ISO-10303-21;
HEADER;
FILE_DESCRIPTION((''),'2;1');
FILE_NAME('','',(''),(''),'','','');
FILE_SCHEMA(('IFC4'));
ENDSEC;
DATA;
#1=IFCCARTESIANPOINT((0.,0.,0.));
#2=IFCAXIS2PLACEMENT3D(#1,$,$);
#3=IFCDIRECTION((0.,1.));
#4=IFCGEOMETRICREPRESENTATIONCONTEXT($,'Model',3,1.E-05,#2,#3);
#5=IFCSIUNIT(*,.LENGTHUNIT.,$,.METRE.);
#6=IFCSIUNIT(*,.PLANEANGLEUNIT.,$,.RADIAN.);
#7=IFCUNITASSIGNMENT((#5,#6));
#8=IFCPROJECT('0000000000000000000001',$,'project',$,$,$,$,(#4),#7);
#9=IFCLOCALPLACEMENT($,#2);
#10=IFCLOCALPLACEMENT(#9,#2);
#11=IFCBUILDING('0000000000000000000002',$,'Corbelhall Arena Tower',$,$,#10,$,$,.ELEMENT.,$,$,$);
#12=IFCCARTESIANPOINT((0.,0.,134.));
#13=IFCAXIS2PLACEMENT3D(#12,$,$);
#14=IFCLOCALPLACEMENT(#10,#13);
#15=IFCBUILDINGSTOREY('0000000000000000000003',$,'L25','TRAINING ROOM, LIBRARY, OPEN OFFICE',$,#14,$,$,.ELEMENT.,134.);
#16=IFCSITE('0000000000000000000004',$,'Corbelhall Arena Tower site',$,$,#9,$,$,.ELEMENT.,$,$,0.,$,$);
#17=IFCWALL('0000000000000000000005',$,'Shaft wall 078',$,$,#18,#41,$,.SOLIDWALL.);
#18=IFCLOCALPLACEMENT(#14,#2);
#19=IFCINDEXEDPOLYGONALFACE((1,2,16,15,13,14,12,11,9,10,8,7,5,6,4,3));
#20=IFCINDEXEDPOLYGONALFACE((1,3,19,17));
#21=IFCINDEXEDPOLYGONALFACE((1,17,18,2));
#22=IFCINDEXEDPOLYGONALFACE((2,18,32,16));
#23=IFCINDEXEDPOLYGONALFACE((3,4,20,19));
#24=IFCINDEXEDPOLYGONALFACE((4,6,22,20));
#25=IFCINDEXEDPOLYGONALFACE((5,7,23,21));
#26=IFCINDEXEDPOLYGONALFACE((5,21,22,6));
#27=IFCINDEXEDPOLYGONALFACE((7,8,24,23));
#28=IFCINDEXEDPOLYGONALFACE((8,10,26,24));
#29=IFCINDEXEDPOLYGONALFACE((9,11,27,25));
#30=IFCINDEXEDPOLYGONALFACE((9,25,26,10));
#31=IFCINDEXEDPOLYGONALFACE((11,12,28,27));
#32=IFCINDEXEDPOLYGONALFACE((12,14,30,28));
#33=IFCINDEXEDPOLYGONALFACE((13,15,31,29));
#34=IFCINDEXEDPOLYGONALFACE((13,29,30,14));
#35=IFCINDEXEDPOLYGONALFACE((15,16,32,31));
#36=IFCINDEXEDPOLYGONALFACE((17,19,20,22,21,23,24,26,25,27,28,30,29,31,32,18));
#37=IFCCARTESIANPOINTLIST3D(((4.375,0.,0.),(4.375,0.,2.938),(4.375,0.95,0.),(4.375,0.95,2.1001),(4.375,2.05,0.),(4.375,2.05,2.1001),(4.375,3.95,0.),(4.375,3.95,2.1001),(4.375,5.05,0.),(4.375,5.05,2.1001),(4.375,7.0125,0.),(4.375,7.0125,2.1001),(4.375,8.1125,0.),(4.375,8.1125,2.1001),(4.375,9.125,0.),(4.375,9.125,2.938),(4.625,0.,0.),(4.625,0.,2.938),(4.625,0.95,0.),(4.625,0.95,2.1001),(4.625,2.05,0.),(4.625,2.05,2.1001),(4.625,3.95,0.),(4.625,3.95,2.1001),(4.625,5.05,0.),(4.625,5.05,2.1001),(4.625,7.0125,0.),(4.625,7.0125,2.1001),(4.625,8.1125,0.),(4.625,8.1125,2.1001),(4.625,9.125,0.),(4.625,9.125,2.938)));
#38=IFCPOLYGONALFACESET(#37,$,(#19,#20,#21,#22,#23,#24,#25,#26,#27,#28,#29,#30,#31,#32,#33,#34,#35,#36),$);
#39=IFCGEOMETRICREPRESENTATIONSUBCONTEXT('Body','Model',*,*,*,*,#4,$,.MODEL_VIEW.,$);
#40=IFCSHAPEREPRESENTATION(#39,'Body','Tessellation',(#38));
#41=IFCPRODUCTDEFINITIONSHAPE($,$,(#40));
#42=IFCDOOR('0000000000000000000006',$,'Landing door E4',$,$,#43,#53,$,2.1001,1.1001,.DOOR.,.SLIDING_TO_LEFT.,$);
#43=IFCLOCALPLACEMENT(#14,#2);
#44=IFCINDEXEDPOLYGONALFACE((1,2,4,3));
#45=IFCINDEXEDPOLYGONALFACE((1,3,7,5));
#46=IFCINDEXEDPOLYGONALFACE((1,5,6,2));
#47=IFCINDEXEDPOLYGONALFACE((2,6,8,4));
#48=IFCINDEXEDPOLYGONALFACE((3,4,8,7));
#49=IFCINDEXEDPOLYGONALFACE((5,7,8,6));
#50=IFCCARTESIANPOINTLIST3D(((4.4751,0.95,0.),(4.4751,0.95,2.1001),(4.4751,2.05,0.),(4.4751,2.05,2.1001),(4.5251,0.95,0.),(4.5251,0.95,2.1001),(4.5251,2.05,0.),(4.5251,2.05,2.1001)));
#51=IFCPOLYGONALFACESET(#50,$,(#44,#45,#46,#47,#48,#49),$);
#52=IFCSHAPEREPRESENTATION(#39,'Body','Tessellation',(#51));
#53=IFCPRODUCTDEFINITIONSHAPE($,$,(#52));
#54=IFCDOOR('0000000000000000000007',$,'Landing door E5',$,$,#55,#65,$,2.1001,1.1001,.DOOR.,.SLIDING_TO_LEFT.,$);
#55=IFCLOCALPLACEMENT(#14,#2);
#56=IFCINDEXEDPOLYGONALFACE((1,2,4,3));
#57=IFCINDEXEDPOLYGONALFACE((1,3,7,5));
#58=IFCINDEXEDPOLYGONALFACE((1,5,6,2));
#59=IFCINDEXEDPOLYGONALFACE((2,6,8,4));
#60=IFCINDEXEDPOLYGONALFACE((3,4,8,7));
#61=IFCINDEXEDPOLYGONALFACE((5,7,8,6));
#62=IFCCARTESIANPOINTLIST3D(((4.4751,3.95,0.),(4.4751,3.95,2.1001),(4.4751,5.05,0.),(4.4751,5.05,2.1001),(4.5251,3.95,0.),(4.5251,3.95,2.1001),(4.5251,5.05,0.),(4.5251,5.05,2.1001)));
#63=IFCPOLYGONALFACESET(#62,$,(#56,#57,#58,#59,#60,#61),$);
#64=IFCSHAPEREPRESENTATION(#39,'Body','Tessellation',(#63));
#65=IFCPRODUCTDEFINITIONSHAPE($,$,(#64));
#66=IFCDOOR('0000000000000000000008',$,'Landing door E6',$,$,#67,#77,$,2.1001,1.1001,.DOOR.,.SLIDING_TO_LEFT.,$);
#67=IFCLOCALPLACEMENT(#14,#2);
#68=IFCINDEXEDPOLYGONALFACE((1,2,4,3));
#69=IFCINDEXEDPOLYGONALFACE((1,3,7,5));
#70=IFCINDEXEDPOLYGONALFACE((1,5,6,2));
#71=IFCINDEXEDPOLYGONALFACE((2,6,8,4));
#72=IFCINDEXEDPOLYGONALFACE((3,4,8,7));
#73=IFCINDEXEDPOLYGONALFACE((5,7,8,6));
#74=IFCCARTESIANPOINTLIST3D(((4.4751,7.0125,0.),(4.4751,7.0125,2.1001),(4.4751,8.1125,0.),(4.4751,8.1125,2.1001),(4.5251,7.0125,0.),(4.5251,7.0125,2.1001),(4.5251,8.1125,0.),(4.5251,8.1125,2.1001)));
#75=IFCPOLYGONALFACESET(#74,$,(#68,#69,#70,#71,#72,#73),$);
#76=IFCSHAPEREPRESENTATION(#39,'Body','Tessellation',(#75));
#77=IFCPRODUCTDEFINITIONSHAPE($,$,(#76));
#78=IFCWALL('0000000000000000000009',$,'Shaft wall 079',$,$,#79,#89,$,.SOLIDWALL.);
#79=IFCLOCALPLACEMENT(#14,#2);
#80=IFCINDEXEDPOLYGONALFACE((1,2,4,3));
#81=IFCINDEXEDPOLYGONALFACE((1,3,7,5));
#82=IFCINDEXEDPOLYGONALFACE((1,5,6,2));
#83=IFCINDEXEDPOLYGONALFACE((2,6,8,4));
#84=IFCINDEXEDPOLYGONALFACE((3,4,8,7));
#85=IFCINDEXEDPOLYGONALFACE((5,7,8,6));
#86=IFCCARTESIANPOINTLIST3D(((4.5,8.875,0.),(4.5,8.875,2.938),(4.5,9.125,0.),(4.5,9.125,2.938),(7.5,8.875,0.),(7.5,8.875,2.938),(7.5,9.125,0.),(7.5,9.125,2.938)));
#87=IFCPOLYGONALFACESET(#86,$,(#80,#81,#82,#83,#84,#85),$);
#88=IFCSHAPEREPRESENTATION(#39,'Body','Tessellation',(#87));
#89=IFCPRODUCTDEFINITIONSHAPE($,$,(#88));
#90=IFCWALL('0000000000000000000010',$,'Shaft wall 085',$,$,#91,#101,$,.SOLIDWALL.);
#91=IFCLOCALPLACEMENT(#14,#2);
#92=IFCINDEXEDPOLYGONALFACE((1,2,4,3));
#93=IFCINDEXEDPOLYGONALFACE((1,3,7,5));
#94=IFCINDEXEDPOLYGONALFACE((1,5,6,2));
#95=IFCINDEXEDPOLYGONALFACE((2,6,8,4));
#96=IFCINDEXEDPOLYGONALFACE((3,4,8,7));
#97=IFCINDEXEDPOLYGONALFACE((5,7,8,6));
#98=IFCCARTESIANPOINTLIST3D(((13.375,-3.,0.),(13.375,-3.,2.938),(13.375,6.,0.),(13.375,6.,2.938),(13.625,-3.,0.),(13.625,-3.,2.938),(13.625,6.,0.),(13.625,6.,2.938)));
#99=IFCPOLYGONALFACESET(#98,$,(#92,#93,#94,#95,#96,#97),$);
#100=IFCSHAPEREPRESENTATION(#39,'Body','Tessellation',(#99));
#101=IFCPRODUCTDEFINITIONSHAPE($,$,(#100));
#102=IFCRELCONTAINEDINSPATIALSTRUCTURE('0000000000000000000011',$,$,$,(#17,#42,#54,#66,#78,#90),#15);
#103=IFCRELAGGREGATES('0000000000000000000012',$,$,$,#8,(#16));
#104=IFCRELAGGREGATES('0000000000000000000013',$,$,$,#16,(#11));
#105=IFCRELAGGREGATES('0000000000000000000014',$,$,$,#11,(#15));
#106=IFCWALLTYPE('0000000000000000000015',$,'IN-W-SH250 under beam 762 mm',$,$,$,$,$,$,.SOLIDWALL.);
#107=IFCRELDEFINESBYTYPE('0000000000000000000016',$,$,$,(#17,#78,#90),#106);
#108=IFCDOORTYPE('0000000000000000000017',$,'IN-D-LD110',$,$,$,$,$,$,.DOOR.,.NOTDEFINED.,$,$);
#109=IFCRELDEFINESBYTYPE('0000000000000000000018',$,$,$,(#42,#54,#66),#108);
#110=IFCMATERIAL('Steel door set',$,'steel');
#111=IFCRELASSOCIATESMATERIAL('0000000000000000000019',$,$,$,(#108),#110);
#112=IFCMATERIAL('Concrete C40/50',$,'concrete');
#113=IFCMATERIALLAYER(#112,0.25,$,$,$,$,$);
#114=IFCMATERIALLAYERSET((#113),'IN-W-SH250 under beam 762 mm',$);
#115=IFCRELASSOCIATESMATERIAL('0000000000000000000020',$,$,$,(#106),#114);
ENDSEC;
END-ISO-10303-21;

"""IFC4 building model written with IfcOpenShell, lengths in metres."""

from ifc_helpers import new_model, si_unit, direction, frame, frame_2d, origin, place, context, subcontext, project, spatial, rectangle, extrude, material, layer, layer_set, type_object, element, fill, save


model = new_model("IFC4")

# Units and contexts
model_context = context("Model", 3, precision=1e-05, world=origin(), true_north=direction((0.0, 1.0)))
body_context = subcontext(model_context, "Body", "Model", "MODEL_VIEW")
ifc_project = project(units=[si_unit("LENGTHUNIT", "METRE"), si_unit("PLANEANGLEUNIT", "RADIAN")], contexts=[model_context])

# Site, building, storey
site_placement = place(None, origin())
site = spatial("IfcSite", under=ifc_project, at=site_placement, Name="Corbelhall Arena Tower site", CompositionType="ELEMENT", RefElevation=0.0)
building_placement = place(site_placement, origin())
building = spatial("IfcBuilding", under=site, at=building_placement, Name="Corbelhall Arena Tower", CompositionType="ELEMENT")
storey_placement = place(building_placement, frame((0.0, 0.0, 134.0)))
storey = spatial("IfcBuildingStorey", under=building, at=storey_placement, Name="L25", Description="TRAINING ROOM, LIBRARY, OPEN OFFICE", CompositionType="ELEMENT", Elevation=134.0)

# Shared definitions
ifc_material_1 = material(Name="Concrete C40/50", Category="concrete")

# Shared definitions
ifc_material_2 = material(Name="Steel door set", Category="steel")

# Shared definitions
door_type_1 = type_object("IfcDoorType", Name="IN-D-LD110", OperationType="NOTDEFINED", PredefinedType="DOOR", material=ifc_material_2)

# Wall, openings, doors
ifc_layer_1 = layer(ifc_material_1, 0.25)
ifc_layer_set_1 = layer_set([ifc_layer_1], Name="IN-W-SH250 under beam 762 mm")
wall_type_1 = type_object("IfcWallType", Name="IN-W-SH250 under beam 762 mm", PredefinedType="SOLIDWALL", material=ifc_layer_set_1)
wall_1_placement = place(storey_placement, frame((4.5, 0.0, 0.0), z_axis=(0.0, 0.0, 1.0), x_axis=(0.0, 1.0, 0.0)))
wall_1 = element("IfcWall", 1, at=wall_1_placement, inside=storey, type_object=wall_type_1, Name="Shaft wall 078", PredefinedType="SOLIDWALL", context=body_context, shape_type="SweptSolid", body=[
    extrude(rectangle(XDim=9.125, YDim=0.25, at=frame_2d((4.5625, 0.0))), origin(), (0.0, 0.0, 1.0), 2.938),
])
opening_1_placement = place(wall_1_placement, frame((0.95, 0.0, 0.0)))
opening_1 = element("IfcOpeningElement", 2, at=opening_1_placement, cuts=wall_1, PredefinedType="OPENING", context=body_context, shape_type="SweptSolid", body=[
    extrude(rectangle(XDim=1.1001, YDim=2.1001, at=frame_2d((0.55, 1.05))), frame((0.0, 0.125, 0.0), z_axis=(0.0, -1.0, 0.0), x_axis=(1.0, 0.0, 0.0)), (0.0, 0.0, 1.0), 0.25),
])
opening_2_placement = place(wall_1_placement, frame((3.95, 0.0, 0.0)))
opening_2 = element("IfcOpeningElement", 3, at=opening_2_placement, cuts=wall_1, PredefinedType="OPENING", context=body_context, shape_type="SweptSolid", body=[
    extrude(rectangle(XDim=1.1001, YDim=2.1001, at=frame_2d((0.55, 1.05))), frame((0.0, 0.125, 0.0), z_axis=(0.0, -1.0, 0.0), x_axis=(1.0, 0.0, 0.0)), (0.0, 0.0, 1.0), 0.25),
])
opening_3_placement = place(wall_1_placement, frame((7.0125, 0.0, 0.0)))
opening_3 = element("IfcOpeningElement", 4, at=opening_3_placement, cuts=wall_1, PredefinedType="OPENING", context=body_context, shape_type="SweptSolid", body=[
    extrude(rectangle(XDim=1.1001, YDim=2.1001, at=frame_2d((0.55, 1.05))), frame((0.0, 0.125, 0.0), z_axis=(0.0, -1.0, 0.0), x_axis=(1.0, 0.0, 0.0)), (0.0, 0.0, 1.0), 0.25),
])
door_1_placement = place(opening_1_placement, origin())
door_1 = element("IfcDoor", 5, at=door_1_placement, inside=storey, type_object=door_type_1, Name="Landing door E4", OperationType="SLIDING_TO_LEFT", OverallHeight=2.1001, OverallWidth=1.1001, PredefinedType="DOOR", context=body_context, shape_type="SweptSolid", body=[
    extrude(rectangle(XDim=1.1001, YDim=2.1001, at=frame_2d((0.55, 1.05))), frame((0.0, 0.0249, 0.0), z_axis=(0.0, -1.0, 0.0), x_axis=(1.0, 0.0, 0.0)), (0.0, 0.0, 1.0), 0.05),
])
fill(opening_1, door_1)
door_2_placement = place(opening_2_placement, origin())
door_2 = element("IfcDoor", 6, at=door_2_placement, inside=storey, type_object=door_type_1, Name="Landing door E5", OperationType="SLIDING_TO_LEFT", OverallHeight=2.1001, OverallWidth=1.1001, PredefinedType="DOOR", context=body_context, shape_type="SweptSolid", body=[
    extrude(rectangle(XDim=1.1001, YDim=2.1001, at=frame_2d((0.55, 1.05))), frame((0.0, 0.0249, 0.0), z_axis=(0.0, -1.0, 0.0), x_axis=(1.0, 0.0, 0.0)), (0.0, 0.0, 1.0), 0.05),
])
fill(opening_2, door_2)
door_3_placement = place(opening_3_placement, origin())
door_3 = element("IfcDoor", 7, at=door_3_placement, inside=storey, type_object=door_type_1, Name="Landing door E6", OperationType="SLIDING_TO_LEFT", OverallHeight=2.1001, OverallWidth=1.1001, PredefinedType="DOOR", context=body_context, shape_type="SweptSolid", body=[
    extrude(rectangle(XDim=1.1001, YDim=2.1001, at=frame_2d((0.55, 1.05))), frame((0.0, 0.0249, 0.0), z_axis=(0.0, -1.0, 0.0), x_axis=(1.0, 0.0, 0.0)), (0.0, 0.0, 1.0), 0.05),
])
fill(opening_3, door_3)

# Walls
wall_2_placement = place(storey_placement, frame((4.5, 9.0, 0.0), z_axis=(0.0, 0.0, 1.0), x_axis=(1.0, 0.0, 0.0)))
element("IfcWall", 8, at=wall_2_placement, inside=storey, type_object=wall_type_1, Name="Shaft wall 079", PredefinedType="SOLIDWALL", context=body_context, shape_type="SweptSolid", body=[
    extrude(rectangle(XDim=3.0, YDim=0.25, at=frame_2d((1.5, 0.0))), origin(), (0.0, 0.0, 1.0), 2.938),
])
wall_3_placement = place(storey_placement, frame((13.5, 6.0, 0.0), z_axis=(0.0, 0.0, 1.0), x_axis=(0.0, -1.0, 0.0)))
element("IfcWall", 9, at=wall_3_placement, inside=storey, type_object=wall_type_1, Name="Shaft wall 085", PredefinedType="SOLIDWALL", context=body_context, shape_type="SweptSolid", body=[
    extrude(rectangle(XDim=9.0, YDim=0.25, at=frame_2d((4.5, 0.0))), origin(), (0.0, 0.0, 1.0), 2.938),
])

save(model, "model.ifc")
